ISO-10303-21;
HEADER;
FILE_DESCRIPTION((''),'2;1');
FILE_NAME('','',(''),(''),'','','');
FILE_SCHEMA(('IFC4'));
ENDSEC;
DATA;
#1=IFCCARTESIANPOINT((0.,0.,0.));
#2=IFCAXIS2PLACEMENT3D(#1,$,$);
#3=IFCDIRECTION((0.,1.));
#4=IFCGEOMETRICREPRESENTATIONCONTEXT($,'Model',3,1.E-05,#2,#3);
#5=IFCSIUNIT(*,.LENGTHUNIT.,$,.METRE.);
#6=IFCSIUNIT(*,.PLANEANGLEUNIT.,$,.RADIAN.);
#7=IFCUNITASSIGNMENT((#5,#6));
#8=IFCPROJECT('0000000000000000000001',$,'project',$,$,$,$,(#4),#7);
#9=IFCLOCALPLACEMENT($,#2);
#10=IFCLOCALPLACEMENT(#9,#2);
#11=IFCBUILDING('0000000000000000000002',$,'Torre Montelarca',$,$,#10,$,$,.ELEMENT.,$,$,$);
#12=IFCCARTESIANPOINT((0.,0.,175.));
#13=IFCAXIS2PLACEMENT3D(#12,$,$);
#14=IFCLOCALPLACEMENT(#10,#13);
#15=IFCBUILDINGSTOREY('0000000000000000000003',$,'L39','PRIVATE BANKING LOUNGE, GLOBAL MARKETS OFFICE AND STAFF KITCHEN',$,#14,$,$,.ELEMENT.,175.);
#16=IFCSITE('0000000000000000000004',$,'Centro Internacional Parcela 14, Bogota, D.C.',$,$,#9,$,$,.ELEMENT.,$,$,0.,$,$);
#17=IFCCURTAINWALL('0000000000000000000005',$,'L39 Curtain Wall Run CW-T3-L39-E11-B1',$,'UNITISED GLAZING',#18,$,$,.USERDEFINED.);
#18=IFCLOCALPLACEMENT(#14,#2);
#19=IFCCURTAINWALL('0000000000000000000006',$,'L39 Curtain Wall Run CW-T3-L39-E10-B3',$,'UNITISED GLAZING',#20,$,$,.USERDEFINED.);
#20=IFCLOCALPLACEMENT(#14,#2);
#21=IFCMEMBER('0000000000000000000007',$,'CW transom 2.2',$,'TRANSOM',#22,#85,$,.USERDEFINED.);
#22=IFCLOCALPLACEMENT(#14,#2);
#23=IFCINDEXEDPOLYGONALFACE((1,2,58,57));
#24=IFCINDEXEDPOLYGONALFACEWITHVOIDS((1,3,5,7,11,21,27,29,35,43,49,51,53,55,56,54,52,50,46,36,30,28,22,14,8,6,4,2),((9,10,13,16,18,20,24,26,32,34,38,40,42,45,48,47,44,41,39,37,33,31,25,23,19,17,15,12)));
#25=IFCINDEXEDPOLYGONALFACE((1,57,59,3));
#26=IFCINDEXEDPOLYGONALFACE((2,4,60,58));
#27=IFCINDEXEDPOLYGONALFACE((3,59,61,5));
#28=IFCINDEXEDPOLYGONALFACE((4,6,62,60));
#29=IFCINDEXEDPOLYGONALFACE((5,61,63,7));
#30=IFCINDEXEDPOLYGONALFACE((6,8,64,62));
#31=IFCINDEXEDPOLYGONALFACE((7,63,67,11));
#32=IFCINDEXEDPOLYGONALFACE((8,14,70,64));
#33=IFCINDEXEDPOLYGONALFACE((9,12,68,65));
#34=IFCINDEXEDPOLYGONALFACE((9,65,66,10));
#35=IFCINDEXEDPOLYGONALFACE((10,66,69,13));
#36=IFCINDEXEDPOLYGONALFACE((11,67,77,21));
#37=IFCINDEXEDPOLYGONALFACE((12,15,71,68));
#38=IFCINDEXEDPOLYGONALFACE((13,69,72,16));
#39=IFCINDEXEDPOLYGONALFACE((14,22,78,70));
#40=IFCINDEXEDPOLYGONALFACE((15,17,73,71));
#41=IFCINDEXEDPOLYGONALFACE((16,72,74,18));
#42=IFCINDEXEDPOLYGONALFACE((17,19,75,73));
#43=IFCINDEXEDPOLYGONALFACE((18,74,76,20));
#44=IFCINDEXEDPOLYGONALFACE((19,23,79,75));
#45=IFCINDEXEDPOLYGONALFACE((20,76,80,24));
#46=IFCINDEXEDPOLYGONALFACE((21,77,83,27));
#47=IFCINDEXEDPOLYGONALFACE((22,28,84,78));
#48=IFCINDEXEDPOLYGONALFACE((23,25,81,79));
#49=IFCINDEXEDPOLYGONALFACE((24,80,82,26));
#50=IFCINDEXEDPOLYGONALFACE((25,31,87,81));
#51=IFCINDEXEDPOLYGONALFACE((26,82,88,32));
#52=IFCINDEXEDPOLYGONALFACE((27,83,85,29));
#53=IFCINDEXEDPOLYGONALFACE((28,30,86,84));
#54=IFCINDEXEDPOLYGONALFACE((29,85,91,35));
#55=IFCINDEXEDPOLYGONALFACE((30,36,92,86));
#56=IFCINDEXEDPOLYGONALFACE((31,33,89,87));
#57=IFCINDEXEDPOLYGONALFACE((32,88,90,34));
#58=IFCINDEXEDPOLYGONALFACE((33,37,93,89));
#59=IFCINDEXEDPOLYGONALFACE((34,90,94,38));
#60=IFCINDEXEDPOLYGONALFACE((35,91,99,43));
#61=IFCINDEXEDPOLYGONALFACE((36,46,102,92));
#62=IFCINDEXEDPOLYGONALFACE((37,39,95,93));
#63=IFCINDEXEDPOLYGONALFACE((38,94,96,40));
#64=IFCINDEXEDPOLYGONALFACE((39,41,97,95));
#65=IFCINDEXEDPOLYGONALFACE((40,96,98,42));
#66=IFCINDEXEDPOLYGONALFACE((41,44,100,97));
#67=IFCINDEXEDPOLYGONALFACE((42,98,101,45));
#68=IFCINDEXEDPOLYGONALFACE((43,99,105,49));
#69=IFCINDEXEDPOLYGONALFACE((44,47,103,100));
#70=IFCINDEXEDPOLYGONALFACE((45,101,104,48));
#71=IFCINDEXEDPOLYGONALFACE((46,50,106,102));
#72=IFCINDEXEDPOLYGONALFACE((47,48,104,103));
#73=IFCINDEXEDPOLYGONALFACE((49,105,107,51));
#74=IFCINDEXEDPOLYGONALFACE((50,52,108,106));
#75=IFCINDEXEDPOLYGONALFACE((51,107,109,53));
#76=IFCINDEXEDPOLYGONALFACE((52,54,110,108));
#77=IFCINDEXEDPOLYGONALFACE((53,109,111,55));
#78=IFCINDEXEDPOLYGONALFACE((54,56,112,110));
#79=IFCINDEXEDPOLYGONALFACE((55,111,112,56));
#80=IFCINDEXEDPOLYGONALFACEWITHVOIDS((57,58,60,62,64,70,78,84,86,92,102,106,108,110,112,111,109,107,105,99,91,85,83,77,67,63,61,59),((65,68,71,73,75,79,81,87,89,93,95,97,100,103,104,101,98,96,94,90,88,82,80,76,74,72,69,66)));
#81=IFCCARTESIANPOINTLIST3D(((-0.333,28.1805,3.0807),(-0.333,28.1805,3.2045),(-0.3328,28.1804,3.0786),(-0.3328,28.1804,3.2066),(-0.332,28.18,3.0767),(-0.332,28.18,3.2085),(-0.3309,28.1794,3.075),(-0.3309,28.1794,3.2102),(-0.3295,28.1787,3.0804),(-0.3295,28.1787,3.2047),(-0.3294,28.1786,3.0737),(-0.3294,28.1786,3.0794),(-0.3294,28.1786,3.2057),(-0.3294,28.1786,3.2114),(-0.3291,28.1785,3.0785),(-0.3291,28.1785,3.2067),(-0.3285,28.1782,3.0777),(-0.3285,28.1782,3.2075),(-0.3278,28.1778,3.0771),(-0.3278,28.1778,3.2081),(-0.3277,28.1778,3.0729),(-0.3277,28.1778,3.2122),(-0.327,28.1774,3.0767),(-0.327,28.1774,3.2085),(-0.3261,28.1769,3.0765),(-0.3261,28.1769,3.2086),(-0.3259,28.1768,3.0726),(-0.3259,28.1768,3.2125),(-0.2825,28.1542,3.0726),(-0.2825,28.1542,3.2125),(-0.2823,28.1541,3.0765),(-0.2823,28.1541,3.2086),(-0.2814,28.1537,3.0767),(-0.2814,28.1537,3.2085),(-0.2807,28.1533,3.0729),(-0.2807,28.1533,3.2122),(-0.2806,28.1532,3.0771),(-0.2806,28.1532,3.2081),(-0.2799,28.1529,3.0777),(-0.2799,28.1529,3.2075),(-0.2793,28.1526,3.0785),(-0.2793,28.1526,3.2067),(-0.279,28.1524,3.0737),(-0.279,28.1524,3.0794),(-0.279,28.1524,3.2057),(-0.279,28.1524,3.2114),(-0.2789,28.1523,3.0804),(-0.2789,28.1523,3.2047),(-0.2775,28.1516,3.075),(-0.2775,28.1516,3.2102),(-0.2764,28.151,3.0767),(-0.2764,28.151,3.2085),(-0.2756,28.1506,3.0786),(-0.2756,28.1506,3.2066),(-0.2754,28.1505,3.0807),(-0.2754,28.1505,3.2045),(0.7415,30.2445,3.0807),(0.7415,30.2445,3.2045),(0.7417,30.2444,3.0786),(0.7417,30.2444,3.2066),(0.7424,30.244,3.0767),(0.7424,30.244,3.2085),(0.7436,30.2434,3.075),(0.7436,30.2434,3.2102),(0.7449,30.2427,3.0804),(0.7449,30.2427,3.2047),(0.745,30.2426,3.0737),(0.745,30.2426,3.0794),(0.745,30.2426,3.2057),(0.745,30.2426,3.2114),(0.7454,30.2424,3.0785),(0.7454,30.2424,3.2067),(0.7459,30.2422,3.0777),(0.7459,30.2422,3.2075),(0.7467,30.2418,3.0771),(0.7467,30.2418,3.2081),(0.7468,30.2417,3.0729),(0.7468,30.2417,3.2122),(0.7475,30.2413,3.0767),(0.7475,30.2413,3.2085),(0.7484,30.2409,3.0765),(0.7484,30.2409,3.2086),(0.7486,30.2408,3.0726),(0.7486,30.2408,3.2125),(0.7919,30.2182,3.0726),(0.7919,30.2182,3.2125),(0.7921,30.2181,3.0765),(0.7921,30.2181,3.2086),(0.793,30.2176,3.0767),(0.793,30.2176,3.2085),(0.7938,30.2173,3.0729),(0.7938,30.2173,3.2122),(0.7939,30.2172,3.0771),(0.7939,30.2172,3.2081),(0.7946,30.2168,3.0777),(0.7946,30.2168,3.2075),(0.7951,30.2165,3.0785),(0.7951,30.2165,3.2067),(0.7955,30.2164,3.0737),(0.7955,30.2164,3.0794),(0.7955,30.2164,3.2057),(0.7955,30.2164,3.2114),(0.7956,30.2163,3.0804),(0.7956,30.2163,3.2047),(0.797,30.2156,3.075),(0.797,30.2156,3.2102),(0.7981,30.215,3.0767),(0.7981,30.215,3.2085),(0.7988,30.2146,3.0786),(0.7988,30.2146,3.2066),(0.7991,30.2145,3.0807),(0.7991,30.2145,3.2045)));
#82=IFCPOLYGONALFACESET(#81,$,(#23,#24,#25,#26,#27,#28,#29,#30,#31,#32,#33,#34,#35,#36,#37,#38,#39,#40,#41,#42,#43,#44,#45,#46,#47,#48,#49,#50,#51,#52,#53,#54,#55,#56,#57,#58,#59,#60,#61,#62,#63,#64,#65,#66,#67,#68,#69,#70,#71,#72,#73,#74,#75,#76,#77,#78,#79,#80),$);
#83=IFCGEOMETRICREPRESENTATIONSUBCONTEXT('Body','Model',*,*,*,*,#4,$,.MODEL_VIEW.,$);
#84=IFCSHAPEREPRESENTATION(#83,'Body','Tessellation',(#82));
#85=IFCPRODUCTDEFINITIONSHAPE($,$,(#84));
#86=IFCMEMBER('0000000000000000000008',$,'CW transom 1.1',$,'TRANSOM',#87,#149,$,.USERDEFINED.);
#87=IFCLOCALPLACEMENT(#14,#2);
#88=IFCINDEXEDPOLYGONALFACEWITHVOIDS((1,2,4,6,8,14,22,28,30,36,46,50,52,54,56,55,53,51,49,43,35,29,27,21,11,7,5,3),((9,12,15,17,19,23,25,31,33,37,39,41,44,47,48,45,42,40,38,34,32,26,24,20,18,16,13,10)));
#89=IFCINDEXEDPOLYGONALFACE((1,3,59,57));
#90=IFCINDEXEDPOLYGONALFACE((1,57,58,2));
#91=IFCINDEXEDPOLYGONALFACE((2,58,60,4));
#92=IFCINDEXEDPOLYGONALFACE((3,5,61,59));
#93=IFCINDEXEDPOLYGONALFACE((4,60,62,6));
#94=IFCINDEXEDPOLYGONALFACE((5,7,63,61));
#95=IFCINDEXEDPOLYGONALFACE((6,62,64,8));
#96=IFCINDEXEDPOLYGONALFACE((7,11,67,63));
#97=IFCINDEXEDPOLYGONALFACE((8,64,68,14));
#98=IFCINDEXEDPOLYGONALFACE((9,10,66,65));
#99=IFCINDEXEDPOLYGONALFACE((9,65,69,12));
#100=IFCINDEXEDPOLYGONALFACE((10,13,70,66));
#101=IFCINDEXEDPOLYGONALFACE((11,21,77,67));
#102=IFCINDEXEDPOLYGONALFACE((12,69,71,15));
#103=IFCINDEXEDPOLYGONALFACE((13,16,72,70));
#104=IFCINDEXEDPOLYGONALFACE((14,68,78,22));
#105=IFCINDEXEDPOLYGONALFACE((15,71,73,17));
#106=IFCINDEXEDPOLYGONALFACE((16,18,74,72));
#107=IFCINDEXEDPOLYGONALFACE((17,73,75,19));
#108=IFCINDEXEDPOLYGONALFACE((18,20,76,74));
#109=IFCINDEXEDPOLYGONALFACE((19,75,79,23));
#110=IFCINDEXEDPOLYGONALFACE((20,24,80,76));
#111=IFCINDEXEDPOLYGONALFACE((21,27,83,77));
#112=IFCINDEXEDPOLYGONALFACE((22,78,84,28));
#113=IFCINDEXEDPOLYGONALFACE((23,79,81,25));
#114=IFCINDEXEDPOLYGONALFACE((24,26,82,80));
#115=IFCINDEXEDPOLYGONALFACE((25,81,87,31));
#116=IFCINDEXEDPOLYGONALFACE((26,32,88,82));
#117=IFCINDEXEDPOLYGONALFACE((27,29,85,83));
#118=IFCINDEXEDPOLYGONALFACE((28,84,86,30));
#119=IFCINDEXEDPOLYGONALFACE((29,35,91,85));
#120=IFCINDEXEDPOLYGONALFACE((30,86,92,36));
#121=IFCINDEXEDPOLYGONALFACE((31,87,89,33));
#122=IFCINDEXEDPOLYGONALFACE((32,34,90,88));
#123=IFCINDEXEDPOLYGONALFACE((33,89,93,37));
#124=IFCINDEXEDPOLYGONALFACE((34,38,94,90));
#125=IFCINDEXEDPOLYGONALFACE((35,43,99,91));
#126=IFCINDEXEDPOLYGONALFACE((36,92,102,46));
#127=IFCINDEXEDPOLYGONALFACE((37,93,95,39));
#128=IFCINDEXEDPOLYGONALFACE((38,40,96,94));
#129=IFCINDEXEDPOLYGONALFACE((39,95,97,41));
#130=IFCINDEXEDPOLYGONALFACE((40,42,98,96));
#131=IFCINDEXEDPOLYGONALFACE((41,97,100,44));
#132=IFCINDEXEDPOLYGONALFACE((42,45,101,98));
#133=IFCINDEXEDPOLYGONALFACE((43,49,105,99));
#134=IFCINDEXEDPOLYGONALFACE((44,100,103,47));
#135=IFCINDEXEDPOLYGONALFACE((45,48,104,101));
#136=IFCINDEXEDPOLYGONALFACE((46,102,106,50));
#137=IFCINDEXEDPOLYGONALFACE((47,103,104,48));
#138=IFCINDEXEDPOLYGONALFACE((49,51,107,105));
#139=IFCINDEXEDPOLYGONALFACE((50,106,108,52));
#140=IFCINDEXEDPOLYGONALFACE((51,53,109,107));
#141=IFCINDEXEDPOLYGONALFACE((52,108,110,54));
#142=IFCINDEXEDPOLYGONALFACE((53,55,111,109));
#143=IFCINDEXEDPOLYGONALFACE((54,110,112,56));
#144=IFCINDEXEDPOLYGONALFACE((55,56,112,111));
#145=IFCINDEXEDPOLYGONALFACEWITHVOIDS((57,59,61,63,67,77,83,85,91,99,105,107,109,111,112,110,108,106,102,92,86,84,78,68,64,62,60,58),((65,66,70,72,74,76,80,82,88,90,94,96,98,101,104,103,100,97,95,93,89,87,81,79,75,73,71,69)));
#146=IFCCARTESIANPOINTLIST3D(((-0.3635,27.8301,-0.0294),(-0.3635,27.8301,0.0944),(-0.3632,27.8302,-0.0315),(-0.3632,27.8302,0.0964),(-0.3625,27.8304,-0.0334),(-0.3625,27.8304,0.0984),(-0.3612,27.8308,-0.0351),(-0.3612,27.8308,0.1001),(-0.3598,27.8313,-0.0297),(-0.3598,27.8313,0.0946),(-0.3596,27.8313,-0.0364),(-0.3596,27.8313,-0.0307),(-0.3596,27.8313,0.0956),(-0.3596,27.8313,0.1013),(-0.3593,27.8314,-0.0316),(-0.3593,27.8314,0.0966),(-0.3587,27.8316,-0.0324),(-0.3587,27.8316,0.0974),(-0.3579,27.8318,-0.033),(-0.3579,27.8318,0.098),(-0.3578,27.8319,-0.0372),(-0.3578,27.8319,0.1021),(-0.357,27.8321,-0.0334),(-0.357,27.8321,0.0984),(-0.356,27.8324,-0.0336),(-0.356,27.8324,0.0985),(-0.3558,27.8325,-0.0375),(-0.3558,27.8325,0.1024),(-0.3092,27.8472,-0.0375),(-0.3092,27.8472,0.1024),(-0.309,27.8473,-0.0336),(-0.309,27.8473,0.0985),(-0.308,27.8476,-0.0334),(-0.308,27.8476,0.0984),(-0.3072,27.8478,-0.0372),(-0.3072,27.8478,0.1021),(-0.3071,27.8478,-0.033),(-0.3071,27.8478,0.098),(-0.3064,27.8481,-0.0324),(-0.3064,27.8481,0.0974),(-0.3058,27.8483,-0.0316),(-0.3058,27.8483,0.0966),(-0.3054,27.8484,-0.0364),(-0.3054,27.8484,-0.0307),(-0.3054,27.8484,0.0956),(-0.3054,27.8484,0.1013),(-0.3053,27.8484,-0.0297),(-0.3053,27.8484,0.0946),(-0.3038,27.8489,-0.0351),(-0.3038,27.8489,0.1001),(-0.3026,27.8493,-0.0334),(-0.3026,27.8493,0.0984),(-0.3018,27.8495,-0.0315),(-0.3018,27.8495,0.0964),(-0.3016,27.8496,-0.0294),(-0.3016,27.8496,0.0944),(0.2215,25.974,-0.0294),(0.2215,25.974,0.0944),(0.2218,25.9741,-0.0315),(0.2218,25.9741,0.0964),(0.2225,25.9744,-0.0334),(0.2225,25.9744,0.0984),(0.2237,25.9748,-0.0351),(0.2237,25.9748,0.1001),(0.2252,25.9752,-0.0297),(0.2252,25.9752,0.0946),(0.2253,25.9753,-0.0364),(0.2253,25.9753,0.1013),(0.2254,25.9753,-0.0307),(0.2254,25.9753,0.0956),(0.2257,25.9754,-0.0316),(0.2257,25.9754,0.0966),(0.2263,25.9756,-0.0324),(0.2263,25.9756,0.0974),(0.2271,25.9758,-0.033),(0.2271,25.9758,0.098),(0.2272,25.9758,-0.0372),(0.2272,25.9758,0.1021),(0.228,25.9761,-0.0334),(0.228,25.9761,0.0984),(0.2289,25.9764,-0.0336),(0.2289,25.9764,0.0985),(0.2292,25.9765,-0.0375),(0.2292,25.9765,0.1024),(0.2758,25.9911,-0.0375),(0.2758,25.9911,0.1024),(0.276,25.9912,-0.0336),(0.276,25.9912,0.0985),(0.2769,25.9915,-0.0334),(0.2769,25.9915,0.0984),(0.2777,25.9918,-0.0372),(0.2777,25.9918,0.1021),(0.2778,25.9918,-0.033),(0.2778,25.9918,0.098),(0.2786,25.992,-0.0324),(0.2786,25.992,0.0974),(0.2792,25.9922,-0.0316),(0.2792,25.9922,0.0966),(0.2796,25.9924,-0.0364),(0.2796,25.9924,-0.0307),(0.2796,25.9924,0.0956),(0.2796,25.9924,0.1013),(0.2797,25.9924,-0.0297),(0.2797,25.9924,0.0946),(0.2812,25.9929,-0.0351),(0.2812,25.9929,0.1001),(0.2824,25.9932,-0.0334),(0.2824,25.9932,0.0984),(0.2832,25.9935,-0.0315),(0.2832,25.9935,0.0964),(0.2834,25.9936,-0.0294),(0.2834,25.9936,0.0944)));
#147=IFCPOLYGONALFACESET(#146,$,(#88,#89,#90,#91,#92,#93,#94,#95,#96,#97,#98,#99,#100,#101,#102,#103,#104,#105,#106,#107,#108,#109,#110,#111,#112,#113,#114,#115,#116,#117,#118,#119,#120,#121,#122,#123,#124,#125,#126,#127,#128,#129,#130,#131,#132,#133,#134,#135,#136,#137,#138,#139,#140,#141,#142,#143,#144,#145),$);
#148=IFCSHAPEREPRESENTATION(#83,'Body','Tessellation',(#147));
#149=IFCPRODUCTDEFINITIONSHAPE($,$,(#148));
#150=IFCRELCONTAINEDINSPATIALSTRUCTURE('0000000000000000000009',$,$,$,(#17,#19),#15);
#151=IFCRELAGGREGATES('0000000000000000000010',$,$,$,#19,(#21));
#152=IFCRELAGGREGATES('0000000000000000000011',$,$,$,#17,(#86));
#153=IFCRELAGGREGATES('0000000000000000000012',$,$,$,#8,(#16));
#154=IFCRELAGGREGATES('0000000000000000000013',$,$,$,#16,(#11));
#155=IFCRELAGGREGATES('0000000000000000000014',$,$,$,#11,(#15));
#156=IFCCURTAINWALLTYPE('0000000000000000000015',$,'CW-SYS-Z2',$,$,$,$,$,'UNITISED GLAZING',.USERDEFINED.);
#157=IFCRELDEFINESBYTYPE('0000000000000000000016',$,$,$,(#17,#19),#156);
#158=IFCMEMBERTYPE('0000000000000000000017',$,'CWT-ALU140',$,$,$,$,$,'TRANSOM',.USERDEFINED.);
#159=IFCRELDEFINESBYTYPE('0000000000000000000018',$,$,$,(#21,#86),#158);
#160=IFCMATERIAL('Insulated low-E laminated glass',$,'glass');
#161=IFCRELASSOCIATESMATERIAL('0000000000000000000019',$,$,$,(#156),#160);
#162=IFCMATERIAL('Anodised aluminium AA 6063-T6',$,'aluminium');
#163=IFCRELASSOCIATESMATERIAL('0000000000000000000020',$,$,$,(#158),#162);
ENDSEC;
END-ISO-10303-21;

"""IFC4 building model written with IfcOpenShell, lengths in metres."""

from ifc_helpers import new_model, si_unit, direction, frame, origin, origin_2d, place, context, subcontext, project, spatial, hollow_rectangle, extrude, source, transform, mapped, material, material_profile, profile_set, type_object, element, aggregate, save


model = new_model("IFC4")

# Units and contexts
model_context = context("Model", 3, precision=1e-05, world=origin(), true_north=direction((0.0, 1.0)))
body_context = subcontext(model_context, "Body", "Model", "MODEL_VIEW")
ifc_project = project(units=[si_unit("LENGTHUNIT", "METRE"), si_unit("PLANEANGLEUNIT", "RADIAN")], contexts=[model_context])

# Site, building, storey
site_placement = place(None, origin())
site = spatial("IfcSite", under=ifc_project, at=site_placement, Name="Centro Internacional Parcela 14, Bogota, D.C.", CompositionType="ELEMENT", RefElevation=0.0)
building_placement = place(site_placement, origin())
building = spatial("IfcBuilding", under=site, at=building_placement, Name="Torre Montelarca", CompositionType="ELEMENT")
storey_placement = place(building_placement, frame((0.0, 0.0, 175.0)))
storey = spatial("IfcBuildingStorey", under=building, at=storey_placement, Name="L39", Description="PRIVATE BANKING LOUNGE, GLOBAL MARKETS OFFICE AND STAFF KITCHEN", CompositionType="ELEMENT", Elevation=175.0)

# Curtain walls, member
ifc_material_1 = material(Name="Insulated low-E laminated glass", Category="glass")
curtain_wall_type = type_object("IfcCurtainWallType", Name="CW-SYS-Z2", ElementType="UNITISED GLAZING", PredefinedType="USERDEFINED", material=ifc_material_1)
curtain_wall_1_placement = place(storey_placement, origin())
curtain_wall_1 = element("IfcCurtainWall", 1, at=curtain_wall_1_placement, inside=storey, type_object=curtain_wall_type, Name="L39 Curtain Wall Run CW-T3-L39-E11-B1", ObjectType="UNITISED GLAZING", PredefinedType="USERDEFINED")
ifc_material_2 = material(Name="Anodised aluminium AA 6063-T6", Category="aluminium")
curtain_wall_2_placement = place(storey_placement, origin())
curtain_wall_2 = element("IfcCurtainWall", 2, at=curtain_wall_2_placement, inside=storey, type_object=curtain_wall_type, Name="L39 Curtain Wall Run CW-T3-L39-E10-B3", ObjectType="UNITISED GLAZING", PredefinedType="USERDEFINED")
ifc_material_profile_1 = material_profile(ifc_material_2, hollow_rectangle(XDim=0.0649, YDim=0.1399, WallThickness=0.0039, InnerFilletRadius=0.0039, OuterFilletRadius=0.0081, at=origin_2d()), Name="ALU65X140X4", Category="aluminium")
ifc_profile_set_1 = profile_set([ifc_material_profile_1], Name="Anodised aluminium AA 6063-T6")
member_type_1 = type_object("IfcMemberType", Name="CWT-ALU140", ElementType="TRANSOM", PredefinedType="USERDEFINED", material=ifc_profile_set_1)
shared_shape_1 = source(origin(), body_context, "Body", "SweptSolid", [
    extrude(hollow_rectangle(XDim=0.0649, YDim=0.1399, WallThickness=0.0039, InnerFilletRadius=0.0039, OuterFilletRadius=0.0081, at=origin_2d()), origin(), (0.0, 0.0, 1.0), 2.3269),
])
member_1_placement = place(storey_placement, frame((0.7703, 30.2295, 3.1426), z_axis=(-0.461759, -0.887005, 0.0), x_axis=(0.887005, -0.461759, 0.0)))
member_1 = element("IfcMember", 3, at=member_1_placement, type_object=member_type_1, Name="CW transom 2.2", ObjectType="TRANSOM", PredefinedType="USERDEFINED", context=body_context, shape_type="MappedRepresentation", body=[
    mapped(shared_shape_1, transform((0.0, 0.0, 0.0), scale=1.0)),
])

# Member
shared_shape_2 = source(origin(), body_context, "Body", "SweptSolid", [
    extrude(hollow_rectangle(XDim=0.0649, YDim=0.1399, WallThickness=0.0039, InnerFilletRadius=0.0039, OuterFilletRadius=0.0081, at=origin_2d()), origin(), (0.0, 0.0, 1.0), 1.946),
])
member_2_placement = place(storey_placement, frame((-0.3325, 27.8398, 0.0325), z_axis=(0.300603, -0.953749, 0.0), x_axis=(0.953749, 0.300603, 0.0)))
member_2 = element("IfcMember", 4, at=member_2_placement, type_object=member_type_1, Name="CW transom 1.1", ObjectType="TRANSOM", PredefinedType="USERDEFINED", context=body_context, shape_type="MappedRepresentation", body=[
    mapped(shared_shape_2, transform((0.0, 0.0, 0.0), scale=1.0)),
])

aggregate(curtain_wall_2, [member_1])
aggregate(curtain_wall_1, [member_2])

save(model, "model.ifc")
